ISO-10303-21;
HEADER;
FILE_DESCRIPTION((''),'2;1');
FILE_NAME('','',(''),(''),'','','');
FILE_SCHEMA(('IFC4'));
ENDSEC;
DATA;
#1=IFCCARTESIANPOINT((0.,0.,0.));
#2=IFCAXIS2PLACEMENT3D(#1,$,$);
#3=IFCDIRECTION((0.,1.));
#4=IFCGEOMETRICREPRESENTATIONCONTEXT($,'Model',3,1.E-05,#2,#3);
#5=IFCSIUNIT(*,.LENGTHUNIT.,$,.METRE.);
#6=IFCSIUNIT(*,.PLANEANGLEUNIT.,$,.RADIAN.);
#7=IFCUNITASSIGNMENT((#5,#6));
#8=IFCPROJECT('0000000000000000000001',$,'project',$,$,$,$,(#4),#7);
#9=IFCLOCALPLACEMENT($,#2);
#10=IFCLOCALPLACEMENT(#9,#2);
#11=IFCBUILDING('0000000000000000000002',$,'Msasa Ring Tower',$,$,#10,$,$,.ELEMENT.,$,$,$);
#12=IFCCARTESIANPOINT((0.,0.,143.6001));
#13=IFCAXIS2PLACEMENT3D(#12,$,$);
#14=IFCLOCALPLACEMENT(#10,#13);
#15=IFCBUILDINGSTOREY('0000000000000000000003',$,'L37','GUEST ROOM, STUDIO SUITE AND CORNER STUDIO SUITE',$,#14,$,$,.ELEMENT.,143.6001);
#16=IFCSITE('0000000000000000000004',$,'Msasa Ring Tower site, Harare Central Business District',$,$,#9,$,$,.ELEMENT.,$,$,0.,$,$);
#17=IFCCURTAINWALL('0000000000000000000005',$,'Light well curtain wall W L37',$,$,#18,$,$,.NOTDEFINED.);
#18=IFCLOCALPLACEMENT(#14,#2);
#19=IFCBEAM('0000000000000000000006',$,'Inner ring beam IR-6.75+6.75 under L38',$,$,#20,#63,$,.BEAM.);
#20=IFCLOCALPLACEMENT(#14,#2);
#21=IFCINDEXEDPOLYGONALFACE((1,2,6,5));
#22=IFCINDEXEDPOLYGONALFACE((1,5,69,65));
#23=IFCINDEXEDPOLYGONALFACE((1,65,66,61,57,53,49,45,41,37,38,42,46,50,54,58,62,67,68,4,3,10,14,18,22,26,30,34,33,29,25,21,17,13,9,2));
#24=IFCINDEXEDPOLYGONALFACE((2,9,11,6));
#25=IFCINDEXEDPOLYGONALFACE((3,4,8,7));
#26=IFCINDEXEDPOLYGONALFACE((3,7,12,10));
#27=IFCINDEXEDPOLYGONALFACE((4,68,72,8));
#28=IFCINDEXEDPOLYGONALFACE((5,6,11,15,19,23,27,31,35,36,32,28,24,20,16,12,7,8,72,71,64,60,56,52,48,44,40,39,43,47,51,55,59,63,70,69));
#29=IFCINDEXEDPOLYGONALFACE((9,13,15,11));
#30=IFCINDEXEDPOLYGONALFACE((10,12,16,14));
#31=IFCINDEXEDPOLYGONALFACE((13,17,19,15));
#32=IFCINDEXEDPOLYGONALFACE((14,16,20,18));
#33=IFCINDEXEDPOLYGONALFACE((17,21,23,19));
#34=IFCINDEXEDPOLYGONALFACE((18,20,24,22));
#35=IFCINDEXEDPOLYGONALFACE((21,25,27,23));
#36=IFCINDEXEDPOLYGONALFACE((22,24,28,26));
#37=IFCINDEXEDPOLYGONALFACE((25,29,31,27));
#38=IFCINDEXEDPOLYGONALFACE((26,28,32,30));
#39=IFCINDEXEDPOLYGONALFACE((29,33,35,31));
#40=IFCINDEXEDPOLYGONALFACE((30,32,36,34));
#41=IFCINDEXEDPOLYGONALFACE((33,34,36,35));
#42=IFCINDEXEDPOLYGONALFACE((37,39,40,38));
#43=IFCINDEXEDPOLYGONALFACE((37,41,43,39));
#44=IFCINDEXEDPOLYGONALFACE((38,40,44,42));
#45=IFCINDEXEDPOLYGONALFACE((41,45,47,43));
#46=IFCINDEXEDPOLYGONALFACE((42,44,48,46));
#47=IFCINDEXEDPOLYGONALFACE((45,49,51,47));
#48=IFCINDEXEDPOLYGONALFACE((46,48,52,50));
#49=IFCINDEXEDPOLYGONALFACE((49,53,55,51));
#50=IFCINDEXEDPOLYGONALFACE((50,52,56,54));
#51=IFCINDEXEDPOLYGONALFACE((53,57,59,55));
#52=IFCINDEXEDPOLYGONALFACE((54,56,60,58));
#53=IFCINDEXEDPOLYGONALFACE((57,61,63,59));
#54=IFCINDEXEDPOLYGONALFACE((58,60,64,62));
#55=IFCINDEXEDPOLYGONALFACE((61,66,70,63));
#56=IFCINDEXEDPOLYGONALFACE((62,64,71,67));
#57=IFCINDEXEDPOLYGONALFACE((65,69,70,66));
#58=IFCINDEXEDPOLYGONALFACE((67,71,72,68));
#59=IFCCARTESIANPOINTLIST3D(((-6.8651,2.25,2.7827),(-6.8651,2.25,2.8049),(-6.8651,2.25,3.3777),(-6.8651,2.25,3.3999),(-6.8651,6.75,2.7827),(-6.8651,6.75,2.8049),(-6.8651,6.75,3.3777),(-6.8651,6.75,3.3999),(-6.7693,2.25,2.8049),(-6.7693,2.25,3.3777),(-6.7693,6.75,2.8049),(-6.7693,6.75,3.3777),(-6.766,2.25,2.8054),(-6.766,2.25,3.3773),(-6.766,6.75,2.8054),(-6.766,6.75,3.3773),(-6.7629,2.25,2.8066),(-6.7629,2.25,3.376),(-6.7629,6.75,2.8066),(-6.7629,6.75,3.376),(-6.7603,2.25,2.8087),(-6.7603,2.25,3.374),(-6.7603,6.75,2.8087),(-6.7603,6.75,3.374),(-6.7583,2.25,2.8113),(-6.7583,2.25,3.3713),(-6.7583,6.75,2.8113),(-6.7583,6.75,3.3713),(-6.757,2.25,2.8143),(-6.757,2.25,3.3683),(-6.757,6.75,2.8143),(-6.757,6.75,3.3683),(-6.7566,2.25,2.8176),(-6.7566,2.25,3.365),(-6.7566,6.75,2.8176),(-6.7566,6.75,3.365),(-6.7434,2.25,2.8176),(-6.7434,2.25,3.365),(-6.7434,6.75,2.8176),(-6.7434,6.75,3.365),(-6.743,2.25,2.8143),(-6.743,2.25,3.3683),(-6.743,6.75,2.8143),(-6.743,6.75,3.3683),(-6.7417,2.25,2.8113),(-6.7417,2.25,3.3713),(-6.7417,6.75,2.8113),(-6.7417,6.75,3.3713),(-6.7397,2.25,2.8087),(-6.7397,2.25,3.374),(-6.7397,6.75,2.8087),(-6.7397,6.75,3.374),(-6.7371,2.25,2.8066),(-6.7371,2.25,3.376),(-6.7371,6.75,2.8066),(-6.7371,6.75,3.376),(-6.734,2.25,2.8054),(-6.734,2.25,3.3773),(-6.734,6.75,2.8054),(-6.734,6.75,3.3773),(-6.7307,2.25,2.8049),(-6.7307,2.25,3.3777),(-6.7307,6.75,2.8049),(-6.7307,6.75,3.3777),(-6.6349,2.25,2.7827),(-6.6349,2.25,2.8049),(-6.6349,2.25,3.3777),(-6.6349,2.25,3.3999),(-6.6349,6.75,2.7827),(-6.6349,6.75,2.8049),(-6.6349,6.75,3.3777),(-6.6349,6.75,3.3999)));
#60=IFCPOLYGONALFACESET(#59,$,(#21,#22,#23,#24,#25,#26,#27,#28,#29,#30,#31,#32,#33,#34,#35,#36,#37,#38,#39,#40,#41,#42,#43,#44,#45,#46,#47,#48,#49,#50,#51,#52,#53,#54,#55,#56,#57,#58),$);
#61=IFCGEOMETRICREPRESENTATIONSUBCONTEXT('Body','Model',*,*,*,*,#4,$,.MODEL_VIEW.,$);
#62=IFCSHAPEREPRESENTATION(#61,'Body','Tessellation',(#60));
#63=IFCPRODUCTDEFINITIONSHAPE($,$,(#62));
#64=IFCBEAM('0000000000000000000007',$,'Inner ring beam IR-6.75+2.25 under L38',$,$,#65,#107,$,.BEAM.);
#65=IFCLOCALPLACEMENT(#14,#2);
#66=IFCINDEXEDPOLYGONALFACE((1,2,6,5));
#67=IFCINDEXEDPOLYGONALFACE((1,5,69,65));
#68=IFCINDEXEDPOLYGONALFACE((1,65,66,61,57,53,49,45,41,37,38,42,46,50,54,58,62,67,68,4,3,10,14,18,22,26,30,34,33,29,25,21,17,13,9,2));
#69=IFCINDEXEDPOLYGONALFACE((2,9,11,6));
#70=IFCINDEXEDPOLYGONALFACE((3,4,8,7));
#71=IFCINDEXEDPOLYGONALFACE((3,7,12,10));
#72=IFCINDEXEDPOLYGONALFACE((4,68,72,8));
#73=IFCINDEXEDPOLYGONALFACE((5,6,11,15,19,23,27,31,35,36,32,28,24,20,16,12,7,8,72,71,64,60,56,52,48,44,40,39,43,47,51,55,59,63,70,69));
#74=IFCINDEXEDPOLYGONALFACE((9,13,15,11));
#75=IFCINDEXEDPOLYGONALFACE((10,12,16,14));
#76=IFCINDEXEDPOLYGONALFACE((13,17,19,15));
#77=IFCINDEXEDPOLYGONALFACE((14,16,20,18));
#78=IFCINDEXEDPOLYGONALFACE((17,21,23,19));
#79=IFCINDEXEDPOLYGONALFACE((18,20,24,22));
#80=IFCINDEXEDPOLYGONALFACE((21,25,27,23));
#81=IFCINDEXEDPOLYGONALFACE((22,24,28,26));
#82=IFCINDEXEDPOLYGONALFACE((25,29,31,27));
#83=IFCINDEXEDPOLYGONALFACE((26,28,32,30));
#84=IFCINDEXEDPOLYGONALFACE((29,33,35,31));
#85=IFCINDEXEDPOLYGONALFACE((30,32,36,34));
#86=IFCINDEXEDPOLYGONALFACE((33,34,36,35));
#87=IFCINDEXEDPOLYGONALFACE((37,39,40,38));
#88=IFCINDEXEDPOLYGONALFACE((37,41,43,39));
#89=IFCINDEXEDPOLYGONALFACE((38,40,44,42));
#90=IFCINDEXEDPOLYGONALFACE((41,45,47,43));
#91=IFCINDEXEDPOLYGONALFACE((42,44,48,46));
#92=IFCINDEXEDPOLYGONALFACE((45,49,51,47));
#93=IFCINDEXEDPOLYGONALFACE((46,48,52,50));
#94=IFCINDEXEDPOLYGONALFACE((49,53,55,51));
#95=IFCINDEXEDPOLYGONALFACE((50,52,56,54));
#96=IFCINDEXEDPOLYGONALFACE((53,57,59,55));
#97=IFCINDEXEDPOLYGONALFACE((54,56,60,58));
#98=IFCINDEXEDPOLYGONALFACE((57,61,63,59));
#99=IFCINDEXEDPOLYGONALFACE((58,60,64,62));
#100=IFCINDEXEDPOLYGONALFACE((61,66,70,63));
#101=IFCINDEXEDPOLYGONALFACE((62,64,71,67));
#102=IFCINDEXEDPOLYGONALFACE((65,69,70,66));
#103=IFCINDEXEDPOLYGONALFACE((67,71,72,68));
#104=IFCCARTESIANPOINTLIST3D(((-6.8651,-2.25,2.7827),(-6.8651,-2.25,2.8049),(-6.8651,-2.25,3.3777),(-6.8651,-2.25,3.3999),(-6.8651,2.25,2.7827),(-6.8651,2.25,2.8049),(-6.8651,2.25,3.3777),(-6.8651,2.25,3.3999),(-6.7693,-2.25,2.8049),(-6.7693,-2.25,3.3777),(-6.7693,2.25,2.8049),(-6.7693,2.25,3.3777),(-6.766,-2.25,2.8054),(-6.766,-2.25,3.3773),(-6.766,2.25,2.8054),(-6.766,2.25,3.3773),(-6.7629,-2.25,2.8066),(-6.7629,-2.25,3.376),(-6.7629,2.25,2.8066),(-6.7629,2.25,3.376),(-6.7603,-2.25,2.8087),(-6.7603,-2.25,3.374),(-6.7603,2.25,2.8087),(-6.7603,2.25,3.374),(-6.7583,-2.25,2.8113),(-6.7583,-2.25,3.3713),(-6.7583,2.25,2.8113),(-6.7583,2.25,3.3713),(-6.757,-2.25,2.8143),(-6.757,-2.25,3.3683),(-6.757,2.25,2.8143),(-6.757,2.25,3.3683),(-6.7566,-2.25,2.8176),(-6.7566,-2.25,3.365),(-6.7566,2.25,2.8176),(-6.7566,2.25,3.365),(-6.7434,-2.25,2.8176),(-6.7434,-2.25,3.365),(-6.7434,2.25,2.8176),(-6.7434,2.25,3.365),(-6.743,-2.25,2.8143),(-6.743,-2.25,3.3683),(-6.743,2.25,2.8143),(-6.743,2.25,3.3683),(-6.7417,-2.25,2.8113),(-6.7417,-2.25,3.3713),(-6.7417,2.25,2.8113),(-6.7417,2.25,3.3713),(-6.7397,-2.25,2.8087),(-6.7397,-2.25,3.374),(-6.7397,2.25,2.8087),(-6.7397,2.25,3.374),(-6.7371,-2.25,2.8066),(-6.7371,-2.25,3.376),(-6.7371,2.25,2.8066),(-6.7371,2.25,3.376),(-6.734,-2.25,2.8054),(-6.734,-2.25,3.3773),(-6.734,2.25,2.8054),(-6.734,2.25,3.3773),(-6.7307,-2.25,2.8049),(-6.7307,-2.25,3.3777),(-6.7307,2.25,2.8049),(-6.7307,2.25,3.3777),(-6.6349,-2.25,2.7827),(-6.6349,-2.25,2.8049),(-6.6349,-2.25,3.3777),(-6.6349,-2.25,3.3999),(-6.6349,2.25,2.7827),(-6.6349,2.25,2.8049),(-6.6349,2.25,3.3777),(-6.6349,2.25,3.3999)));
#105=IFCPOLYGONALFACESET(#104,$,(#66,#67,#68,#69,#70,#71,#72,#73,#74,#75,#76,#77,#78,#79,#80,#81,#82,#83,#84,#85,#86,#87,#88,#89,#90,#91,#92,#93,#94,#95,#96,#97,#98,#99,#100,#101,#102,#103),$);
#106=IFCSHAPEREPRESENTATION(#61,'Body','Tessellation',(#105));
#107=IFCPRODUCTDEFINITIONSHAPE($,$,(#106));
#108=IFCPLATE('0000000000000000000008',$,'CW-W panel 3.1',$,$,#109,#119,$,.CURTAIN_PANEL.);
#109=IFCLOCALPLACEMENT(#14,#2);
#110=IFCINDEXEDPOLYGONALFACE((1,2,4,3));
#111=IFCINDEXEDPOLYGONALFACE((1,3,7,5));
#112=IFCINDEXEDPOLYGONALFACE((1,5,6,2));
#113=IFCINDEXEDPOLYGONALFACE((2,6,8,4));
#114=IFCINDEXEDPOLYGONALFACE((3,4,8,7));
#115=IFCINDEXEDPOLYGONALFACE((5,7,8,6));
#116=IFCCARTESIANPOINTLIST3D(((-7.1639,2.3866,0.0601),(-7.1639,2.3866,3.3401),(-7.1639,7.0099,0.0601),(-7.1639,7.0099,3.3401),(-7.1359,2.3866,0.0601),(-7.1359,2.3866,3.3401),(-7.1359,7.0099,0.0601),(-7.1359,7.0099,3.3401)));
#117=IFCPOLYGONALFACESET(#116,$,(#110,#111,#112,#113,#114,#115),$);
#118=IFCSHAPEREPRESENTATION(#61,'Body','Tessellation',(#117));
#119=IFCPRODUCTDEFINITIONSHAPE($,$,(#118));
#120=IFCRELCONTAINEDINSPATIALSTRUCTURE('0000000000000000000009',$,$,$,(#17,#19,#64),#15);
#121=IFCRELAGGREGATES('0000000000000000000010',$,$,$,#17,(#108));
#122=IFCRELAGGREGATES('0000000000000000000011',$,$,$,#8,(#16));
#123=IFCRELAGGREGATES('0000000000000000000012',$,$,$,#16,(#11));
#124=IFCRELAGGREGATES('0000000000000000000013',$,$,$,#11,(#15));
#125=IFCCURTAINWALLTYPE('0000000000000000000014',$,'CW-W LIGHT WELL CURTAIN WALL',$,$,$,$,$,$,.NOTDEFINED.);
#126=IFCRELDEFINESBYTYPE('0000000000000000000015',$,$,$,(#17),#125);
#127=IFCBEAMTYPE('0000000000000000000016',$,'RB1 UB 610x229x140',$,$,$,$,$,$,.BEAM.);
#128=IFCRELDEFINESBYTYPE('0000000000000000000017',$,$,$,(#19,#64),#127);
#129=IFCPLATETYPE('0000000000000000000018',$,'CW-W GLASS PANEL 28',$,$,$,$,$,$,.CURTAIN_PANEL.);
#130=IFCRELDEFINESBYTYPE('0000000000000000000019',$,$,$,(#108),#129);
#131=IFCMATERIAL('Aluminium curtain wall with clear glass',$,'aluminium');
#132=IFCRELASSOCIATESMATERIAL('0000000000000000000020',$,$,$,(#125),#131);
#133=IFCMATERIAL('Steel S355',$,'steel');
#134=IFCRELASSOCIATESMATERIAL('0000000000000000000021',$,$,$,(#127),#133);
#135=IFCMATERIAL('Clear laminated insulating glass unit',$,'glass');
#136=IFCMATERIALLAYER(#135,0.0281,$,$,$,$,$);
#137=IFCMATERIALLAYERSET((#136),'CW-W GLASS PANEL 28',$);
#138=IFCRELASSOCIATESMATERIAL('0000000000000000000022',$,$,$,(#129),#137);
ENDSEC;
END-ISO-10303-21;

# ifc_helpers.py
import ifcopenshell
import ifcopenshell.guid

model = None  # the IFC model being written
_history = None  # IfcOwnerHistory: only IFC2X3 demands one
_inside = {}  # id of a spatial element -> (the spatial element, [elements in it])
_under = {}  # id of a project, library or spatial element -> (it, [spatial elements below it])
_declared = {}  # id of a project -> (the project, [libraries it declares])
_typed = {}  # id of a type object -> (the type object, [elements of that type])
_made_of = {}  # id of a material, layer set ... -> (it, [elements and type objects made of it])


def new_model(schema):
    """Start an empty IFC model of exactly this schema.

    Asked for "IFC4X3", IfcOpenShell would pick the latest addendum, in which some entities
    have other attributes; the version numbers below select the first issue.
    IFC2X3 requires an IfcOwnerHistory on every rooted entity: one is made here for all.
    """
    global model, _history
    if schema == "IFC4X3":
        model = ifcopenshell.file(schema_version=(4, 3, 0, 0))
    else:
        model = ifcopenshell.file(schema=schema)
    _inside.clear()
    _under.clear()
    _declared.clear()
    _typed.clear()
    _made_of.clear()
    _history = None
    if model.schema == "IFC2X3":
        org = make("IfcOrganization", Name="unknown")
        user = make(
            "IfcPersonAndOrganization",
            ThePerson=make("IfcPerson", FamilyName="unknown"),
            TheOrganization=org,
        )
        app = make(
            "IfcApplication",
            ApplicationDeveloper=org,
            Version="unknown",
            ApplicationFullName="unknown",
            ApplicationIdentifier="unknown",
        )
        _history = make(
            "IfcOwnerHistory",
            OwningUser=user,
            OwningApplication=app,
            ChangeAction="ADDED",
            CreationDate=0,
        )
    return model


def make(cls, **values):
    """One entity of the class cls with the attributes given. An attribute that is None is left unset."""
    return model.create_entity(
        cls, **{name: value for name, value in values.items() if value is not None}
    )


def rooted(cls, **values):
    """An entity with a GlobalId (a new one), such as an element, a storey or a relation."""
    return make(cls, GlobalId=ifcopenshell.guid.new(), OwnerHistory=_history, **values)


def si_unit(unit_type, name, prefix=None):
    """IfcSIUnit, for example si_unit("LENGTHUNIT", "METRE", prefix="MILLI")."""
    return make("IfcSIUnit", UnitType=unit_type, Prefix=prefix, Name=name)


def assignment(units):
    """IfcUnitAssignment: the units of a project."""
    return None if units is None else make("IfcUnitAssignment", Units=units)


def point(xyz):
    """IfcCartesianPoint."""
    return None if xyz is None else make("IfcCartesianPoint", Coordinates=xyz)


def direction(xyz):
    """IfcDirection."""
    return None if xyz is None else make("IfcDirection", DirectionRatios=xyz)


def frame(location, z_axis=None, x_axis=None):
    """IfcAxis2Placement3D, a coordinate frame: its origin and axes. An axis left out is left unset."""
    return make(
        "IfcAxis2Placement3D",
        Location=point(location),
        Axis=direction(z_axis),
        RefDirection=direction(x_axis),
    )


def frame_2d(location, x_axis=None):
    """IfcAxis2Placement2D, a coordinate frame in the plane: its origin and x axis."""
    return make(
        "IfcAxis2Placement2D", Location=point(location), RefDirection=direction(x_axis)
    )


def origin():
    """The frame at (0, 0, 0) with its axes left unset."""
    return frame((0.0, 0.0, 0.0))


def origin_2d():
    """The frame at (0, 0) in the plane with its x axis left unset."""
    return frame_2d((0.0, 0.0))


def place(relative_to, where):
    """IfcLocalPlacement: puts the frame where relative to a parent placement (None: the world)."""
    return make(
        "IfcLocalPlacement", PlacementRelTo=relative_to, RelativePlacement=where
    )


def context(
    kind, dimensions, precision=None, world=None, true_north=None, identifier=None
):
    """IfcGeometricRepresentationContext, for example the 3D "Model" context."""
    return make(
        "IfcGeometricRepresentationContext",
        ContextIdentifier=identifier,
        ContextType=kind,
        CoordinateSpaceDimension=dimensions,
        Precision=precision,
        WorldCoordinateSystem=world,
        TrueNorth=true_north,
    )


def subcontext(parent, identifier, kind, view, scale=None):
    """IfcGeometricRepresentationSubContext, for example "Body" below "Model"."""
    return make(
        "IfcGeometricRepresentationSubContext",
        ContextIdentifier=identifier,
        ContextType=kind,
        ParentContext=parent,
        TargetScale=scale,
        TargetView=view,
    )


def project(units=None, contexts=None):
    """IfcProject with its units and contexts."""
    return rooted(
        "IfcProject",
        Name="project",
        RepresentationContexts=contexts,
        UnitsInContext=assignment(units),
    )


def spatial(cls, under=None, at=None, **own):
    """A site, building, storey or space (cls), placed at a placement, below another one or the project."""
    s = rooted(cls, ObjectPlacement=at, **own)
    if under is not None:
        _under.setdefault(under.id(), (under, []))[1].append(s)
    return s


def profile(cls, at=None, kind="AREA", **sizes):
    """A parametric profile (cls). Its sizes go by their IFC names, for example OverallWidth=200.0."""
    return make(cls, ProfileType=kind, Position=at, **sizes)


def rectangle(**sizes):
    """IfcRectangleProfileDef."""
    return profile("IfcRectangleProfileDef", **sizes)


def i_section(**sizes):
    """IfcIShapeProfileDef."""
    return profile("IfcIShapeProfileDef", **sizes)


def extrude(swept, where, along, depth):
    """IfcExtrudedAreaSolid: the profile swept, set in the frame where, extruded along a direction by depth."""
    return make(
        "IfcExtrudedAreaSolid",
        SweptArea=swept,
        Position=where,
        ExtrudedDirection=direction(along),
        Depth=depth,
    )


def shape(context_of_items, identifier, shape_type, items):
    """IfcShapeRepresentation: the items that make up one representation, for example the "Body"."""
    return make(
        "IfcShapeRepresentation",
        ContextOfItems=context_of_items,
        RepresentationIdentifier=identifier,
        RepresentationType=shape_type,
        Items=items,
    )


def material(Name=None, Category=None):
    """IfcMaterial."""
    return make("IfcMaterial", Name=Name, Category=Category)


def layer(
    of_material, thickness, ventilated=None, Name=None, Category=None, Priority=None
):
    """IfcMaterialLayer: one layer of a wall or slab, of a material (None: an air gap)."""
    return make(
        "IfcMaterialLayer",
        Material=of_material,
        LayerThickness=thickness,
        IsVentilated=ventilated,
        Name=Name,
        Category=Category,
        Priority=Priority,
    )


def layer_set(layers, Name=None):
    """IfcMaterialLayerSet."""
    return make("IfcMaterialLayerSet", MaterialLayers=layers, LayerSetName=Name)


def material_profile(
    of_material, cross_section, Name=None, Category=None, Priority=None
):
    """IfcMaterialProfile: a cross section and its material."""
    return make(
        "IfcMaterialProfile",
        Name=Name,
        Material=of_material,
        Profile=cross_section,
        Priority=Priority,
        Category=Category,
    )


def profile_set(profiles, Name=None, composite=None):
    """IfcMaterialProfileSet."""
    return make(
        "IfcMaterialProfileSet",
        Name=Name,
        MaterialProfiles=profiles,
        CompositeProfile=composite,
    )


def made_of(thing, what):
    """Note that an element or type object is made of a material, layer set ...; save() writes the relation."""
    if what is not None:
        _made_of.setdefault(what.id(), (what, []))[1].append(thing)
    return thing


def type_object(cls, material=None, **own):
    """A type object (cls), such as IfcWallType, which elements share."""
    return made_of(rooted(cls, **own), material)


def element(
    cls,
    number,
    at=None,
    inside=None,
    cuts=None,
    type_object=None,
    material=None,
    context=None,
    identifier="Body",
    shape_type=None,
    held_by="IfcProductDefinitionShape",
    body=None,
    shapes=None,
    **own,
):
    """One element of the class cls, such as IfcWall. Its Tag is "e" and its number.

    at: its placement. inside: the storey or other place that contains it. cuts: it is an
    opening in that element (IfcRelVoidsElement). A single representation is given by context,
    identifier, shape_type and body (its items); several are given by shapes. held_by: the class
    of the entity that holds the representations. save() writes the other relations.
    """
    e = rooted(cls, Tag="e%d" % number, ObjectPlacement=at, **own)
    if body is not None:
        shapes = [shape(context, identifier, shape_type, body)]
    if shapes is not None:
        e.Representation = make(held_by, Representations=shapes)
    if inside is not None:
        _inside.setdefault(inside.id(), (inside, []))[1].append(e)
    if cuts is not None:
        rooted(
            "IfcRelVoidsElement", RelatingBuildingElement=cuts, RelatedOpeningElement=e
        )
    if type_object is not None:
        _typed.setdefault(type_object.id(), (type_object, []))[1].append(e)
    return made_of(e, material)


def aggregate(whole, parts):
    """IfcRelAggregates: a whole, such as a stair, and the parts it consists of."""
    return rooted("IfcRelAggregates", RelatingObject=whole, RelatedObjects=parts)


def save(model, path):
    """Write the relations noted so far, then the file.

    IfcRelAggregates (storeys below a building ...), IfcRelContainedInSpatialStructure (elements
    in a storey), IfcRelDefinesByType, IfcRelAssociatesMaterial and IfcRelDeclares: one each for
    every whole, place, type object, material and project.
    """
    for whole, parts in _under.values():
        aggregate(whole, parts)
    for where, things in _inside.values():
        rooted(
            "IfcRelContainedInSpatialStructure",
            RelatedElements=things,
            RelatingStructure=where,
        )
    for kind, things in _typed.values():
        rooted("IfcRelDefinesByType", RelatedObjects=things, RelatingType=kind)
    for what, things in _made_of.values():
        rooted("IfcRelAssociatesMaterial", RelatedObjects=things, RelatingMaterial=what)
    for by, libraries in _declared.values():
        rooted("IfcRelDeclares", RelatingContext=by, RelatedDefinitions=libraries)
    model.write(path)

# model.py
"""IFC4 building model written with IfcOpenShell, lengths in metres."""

from ifc_helpers import new_model, si_unit, direction, frame, origin, origin_2d, place, context, subcontext, project, spatial, rectangle, i_section, extrude, material, layer, layer_set, material_profile, profile_set, type_object, element, aggregate, save


model = new_model("IFC4")

# Units and contexts
model_context = context("Model", 3, precision=1e-05, world=origin(), true_north=direction((0.0, 1.0)))
body_context = subcontext(model_context, "Body", "Model", "MODEL_VIEW")
ifc_project = project(units=[si_unit("LENGTHUNIT", "METRE"), si_unit("PLANEANGLEUNIT", "RADIAN")], contexts=[model_context])

# Site, building, storey
site_placement = place(None, origin())
site = spatial("IfcSite", under=ifc_project, at=site_placement, Name="Msasa Ring Tower site, Harare Central Business District", CompositionType="ELEMENT", RefElevation=0.0)
building_placement = place(site_placement, origin())
building = spatial("IfcBuilding", under=site, at=building_placement, Name="Msasa Ring Tower", CompositionType="ELEMENT")
storey_placement = place(building_placement, frame((0.0, 0.0, 143.6001)))
storey = spatial("IfcBuildingStorey", under=building, at=storey_placement, Name="L37", Description="GUEST ROOM, STUDIO SUITE AND CORNER STUDIO SUITE", CompositionType="ELEMENT", Elevation=143.6001)

# Shared definitions
ifc_material_1 = material(Name="Aluminium curtain wall with clear glass", Category="aluminium")
curtain_wall_type = type_object("IfcCurtainWallType", Name="CW-W LIGHT WELL CURTAIN WALL", PredefinedType="NOTDEFINED", material=ifc_material_1)

# Curtain wall
curtain_wall_1_placement = place(storey_placement, origin())
curtain_wall_1 = element("IfcCurtainWall", 1, at=curtain_wall_1_placement, inside=storey, type_object=curtain_wall_type, Name="Light well curtain wall W L37", PredefinedType="NOTDEFINED")

# Beams
ifc_material_2 = material(Name="Steel S355", Category="steel")
ifc_material_profile_1 = material_profile(ifc_material_2, i_section(OverallWidth=0.2302, OverallDepth=0.6172, WebThickness=0.0132, FlangeThickness=0.0222, FilletRadius=0.0127, at=origin_2d()), Name="UB 610x229x140")
ifc_profile_set_1 = profile_set([ifc_material_profile_1], Name="Steel S355")
beam_type = type_object("IfcBeamType", Name="RB1 UB 610x229x140", PredefinedType="BEAM", material=ifc_profile_set_1)
for number, where, z_axis, x_axis, name in (
    (2, (-6.75, 6.75, 3.0913), (0.0, -1.0, 0.0), (1.0, 0.0, 0.0), "Inner ring beam IR-6.75+6.75 under L38"),
    (3, (-6.75, 2.25, 3.0913), (0.0, -1.0, 0.0), (1.0, 0.0, 0.0), "Inner ring beam IR-6.75+2.25 under L38"),
):
    element("IfcBeam", number, at=place(storey_placement, frame(where, z_axis=z_axis, x_axis=x_axis)), inside=storey, type_object=beam_type, Name=name, PredefinedType="BEAM", context=body_context, shape_type="SweptSolid", body=[
        extrude(i_section(OverallWidth=0.2302, OverallDepth=0.6172, WebThickness=0.0132, FlangeThickness=0.0222, FilletRadius=0.0127, at=origin_2d()), origin(), (0.0, 0.0, 1.0), 4.5),
    ])

# Plate
ifc_material_3 = material(Name="Clear laminated insulating glass unit", Category="glass")
ifc_layer_1 = layer(ifc_material_3, 0.0281)
ifc_layer_set_1 = layer_set([ifc_layer_1], Name="CW-W GLASS PANEL 28")
plate_type = type_object("IfcPlateType", Name="CW-W GLASS PANEL 28", PredefinedType="CURTAIN_PANEL", material=ifc_layer_set_1)
plate_placement = place(storey_placement, frame((-7.1499, 4.6982, 0.0601), z_axis=(0.0, 0.0, 1.0), x_axis=(0.0, 1.0, 0.0)))
plate = element("IfcPlate", 4, at=plate_placement, type_object=plate_type, Name="CW-W panel 3.1", PredefinedType="CURTAIN_PANEL", context=body_context, shape_type="SweptSolid", body=[
    extrude(rectangle(XDim=4.6233, YDim=0.0281, at=origin_2d()), origin(), (0.0, 0.0, 1.0), 3.28),
])
aggregate(curtain_wall_1, [plate])

save(model, "model.ifc")
